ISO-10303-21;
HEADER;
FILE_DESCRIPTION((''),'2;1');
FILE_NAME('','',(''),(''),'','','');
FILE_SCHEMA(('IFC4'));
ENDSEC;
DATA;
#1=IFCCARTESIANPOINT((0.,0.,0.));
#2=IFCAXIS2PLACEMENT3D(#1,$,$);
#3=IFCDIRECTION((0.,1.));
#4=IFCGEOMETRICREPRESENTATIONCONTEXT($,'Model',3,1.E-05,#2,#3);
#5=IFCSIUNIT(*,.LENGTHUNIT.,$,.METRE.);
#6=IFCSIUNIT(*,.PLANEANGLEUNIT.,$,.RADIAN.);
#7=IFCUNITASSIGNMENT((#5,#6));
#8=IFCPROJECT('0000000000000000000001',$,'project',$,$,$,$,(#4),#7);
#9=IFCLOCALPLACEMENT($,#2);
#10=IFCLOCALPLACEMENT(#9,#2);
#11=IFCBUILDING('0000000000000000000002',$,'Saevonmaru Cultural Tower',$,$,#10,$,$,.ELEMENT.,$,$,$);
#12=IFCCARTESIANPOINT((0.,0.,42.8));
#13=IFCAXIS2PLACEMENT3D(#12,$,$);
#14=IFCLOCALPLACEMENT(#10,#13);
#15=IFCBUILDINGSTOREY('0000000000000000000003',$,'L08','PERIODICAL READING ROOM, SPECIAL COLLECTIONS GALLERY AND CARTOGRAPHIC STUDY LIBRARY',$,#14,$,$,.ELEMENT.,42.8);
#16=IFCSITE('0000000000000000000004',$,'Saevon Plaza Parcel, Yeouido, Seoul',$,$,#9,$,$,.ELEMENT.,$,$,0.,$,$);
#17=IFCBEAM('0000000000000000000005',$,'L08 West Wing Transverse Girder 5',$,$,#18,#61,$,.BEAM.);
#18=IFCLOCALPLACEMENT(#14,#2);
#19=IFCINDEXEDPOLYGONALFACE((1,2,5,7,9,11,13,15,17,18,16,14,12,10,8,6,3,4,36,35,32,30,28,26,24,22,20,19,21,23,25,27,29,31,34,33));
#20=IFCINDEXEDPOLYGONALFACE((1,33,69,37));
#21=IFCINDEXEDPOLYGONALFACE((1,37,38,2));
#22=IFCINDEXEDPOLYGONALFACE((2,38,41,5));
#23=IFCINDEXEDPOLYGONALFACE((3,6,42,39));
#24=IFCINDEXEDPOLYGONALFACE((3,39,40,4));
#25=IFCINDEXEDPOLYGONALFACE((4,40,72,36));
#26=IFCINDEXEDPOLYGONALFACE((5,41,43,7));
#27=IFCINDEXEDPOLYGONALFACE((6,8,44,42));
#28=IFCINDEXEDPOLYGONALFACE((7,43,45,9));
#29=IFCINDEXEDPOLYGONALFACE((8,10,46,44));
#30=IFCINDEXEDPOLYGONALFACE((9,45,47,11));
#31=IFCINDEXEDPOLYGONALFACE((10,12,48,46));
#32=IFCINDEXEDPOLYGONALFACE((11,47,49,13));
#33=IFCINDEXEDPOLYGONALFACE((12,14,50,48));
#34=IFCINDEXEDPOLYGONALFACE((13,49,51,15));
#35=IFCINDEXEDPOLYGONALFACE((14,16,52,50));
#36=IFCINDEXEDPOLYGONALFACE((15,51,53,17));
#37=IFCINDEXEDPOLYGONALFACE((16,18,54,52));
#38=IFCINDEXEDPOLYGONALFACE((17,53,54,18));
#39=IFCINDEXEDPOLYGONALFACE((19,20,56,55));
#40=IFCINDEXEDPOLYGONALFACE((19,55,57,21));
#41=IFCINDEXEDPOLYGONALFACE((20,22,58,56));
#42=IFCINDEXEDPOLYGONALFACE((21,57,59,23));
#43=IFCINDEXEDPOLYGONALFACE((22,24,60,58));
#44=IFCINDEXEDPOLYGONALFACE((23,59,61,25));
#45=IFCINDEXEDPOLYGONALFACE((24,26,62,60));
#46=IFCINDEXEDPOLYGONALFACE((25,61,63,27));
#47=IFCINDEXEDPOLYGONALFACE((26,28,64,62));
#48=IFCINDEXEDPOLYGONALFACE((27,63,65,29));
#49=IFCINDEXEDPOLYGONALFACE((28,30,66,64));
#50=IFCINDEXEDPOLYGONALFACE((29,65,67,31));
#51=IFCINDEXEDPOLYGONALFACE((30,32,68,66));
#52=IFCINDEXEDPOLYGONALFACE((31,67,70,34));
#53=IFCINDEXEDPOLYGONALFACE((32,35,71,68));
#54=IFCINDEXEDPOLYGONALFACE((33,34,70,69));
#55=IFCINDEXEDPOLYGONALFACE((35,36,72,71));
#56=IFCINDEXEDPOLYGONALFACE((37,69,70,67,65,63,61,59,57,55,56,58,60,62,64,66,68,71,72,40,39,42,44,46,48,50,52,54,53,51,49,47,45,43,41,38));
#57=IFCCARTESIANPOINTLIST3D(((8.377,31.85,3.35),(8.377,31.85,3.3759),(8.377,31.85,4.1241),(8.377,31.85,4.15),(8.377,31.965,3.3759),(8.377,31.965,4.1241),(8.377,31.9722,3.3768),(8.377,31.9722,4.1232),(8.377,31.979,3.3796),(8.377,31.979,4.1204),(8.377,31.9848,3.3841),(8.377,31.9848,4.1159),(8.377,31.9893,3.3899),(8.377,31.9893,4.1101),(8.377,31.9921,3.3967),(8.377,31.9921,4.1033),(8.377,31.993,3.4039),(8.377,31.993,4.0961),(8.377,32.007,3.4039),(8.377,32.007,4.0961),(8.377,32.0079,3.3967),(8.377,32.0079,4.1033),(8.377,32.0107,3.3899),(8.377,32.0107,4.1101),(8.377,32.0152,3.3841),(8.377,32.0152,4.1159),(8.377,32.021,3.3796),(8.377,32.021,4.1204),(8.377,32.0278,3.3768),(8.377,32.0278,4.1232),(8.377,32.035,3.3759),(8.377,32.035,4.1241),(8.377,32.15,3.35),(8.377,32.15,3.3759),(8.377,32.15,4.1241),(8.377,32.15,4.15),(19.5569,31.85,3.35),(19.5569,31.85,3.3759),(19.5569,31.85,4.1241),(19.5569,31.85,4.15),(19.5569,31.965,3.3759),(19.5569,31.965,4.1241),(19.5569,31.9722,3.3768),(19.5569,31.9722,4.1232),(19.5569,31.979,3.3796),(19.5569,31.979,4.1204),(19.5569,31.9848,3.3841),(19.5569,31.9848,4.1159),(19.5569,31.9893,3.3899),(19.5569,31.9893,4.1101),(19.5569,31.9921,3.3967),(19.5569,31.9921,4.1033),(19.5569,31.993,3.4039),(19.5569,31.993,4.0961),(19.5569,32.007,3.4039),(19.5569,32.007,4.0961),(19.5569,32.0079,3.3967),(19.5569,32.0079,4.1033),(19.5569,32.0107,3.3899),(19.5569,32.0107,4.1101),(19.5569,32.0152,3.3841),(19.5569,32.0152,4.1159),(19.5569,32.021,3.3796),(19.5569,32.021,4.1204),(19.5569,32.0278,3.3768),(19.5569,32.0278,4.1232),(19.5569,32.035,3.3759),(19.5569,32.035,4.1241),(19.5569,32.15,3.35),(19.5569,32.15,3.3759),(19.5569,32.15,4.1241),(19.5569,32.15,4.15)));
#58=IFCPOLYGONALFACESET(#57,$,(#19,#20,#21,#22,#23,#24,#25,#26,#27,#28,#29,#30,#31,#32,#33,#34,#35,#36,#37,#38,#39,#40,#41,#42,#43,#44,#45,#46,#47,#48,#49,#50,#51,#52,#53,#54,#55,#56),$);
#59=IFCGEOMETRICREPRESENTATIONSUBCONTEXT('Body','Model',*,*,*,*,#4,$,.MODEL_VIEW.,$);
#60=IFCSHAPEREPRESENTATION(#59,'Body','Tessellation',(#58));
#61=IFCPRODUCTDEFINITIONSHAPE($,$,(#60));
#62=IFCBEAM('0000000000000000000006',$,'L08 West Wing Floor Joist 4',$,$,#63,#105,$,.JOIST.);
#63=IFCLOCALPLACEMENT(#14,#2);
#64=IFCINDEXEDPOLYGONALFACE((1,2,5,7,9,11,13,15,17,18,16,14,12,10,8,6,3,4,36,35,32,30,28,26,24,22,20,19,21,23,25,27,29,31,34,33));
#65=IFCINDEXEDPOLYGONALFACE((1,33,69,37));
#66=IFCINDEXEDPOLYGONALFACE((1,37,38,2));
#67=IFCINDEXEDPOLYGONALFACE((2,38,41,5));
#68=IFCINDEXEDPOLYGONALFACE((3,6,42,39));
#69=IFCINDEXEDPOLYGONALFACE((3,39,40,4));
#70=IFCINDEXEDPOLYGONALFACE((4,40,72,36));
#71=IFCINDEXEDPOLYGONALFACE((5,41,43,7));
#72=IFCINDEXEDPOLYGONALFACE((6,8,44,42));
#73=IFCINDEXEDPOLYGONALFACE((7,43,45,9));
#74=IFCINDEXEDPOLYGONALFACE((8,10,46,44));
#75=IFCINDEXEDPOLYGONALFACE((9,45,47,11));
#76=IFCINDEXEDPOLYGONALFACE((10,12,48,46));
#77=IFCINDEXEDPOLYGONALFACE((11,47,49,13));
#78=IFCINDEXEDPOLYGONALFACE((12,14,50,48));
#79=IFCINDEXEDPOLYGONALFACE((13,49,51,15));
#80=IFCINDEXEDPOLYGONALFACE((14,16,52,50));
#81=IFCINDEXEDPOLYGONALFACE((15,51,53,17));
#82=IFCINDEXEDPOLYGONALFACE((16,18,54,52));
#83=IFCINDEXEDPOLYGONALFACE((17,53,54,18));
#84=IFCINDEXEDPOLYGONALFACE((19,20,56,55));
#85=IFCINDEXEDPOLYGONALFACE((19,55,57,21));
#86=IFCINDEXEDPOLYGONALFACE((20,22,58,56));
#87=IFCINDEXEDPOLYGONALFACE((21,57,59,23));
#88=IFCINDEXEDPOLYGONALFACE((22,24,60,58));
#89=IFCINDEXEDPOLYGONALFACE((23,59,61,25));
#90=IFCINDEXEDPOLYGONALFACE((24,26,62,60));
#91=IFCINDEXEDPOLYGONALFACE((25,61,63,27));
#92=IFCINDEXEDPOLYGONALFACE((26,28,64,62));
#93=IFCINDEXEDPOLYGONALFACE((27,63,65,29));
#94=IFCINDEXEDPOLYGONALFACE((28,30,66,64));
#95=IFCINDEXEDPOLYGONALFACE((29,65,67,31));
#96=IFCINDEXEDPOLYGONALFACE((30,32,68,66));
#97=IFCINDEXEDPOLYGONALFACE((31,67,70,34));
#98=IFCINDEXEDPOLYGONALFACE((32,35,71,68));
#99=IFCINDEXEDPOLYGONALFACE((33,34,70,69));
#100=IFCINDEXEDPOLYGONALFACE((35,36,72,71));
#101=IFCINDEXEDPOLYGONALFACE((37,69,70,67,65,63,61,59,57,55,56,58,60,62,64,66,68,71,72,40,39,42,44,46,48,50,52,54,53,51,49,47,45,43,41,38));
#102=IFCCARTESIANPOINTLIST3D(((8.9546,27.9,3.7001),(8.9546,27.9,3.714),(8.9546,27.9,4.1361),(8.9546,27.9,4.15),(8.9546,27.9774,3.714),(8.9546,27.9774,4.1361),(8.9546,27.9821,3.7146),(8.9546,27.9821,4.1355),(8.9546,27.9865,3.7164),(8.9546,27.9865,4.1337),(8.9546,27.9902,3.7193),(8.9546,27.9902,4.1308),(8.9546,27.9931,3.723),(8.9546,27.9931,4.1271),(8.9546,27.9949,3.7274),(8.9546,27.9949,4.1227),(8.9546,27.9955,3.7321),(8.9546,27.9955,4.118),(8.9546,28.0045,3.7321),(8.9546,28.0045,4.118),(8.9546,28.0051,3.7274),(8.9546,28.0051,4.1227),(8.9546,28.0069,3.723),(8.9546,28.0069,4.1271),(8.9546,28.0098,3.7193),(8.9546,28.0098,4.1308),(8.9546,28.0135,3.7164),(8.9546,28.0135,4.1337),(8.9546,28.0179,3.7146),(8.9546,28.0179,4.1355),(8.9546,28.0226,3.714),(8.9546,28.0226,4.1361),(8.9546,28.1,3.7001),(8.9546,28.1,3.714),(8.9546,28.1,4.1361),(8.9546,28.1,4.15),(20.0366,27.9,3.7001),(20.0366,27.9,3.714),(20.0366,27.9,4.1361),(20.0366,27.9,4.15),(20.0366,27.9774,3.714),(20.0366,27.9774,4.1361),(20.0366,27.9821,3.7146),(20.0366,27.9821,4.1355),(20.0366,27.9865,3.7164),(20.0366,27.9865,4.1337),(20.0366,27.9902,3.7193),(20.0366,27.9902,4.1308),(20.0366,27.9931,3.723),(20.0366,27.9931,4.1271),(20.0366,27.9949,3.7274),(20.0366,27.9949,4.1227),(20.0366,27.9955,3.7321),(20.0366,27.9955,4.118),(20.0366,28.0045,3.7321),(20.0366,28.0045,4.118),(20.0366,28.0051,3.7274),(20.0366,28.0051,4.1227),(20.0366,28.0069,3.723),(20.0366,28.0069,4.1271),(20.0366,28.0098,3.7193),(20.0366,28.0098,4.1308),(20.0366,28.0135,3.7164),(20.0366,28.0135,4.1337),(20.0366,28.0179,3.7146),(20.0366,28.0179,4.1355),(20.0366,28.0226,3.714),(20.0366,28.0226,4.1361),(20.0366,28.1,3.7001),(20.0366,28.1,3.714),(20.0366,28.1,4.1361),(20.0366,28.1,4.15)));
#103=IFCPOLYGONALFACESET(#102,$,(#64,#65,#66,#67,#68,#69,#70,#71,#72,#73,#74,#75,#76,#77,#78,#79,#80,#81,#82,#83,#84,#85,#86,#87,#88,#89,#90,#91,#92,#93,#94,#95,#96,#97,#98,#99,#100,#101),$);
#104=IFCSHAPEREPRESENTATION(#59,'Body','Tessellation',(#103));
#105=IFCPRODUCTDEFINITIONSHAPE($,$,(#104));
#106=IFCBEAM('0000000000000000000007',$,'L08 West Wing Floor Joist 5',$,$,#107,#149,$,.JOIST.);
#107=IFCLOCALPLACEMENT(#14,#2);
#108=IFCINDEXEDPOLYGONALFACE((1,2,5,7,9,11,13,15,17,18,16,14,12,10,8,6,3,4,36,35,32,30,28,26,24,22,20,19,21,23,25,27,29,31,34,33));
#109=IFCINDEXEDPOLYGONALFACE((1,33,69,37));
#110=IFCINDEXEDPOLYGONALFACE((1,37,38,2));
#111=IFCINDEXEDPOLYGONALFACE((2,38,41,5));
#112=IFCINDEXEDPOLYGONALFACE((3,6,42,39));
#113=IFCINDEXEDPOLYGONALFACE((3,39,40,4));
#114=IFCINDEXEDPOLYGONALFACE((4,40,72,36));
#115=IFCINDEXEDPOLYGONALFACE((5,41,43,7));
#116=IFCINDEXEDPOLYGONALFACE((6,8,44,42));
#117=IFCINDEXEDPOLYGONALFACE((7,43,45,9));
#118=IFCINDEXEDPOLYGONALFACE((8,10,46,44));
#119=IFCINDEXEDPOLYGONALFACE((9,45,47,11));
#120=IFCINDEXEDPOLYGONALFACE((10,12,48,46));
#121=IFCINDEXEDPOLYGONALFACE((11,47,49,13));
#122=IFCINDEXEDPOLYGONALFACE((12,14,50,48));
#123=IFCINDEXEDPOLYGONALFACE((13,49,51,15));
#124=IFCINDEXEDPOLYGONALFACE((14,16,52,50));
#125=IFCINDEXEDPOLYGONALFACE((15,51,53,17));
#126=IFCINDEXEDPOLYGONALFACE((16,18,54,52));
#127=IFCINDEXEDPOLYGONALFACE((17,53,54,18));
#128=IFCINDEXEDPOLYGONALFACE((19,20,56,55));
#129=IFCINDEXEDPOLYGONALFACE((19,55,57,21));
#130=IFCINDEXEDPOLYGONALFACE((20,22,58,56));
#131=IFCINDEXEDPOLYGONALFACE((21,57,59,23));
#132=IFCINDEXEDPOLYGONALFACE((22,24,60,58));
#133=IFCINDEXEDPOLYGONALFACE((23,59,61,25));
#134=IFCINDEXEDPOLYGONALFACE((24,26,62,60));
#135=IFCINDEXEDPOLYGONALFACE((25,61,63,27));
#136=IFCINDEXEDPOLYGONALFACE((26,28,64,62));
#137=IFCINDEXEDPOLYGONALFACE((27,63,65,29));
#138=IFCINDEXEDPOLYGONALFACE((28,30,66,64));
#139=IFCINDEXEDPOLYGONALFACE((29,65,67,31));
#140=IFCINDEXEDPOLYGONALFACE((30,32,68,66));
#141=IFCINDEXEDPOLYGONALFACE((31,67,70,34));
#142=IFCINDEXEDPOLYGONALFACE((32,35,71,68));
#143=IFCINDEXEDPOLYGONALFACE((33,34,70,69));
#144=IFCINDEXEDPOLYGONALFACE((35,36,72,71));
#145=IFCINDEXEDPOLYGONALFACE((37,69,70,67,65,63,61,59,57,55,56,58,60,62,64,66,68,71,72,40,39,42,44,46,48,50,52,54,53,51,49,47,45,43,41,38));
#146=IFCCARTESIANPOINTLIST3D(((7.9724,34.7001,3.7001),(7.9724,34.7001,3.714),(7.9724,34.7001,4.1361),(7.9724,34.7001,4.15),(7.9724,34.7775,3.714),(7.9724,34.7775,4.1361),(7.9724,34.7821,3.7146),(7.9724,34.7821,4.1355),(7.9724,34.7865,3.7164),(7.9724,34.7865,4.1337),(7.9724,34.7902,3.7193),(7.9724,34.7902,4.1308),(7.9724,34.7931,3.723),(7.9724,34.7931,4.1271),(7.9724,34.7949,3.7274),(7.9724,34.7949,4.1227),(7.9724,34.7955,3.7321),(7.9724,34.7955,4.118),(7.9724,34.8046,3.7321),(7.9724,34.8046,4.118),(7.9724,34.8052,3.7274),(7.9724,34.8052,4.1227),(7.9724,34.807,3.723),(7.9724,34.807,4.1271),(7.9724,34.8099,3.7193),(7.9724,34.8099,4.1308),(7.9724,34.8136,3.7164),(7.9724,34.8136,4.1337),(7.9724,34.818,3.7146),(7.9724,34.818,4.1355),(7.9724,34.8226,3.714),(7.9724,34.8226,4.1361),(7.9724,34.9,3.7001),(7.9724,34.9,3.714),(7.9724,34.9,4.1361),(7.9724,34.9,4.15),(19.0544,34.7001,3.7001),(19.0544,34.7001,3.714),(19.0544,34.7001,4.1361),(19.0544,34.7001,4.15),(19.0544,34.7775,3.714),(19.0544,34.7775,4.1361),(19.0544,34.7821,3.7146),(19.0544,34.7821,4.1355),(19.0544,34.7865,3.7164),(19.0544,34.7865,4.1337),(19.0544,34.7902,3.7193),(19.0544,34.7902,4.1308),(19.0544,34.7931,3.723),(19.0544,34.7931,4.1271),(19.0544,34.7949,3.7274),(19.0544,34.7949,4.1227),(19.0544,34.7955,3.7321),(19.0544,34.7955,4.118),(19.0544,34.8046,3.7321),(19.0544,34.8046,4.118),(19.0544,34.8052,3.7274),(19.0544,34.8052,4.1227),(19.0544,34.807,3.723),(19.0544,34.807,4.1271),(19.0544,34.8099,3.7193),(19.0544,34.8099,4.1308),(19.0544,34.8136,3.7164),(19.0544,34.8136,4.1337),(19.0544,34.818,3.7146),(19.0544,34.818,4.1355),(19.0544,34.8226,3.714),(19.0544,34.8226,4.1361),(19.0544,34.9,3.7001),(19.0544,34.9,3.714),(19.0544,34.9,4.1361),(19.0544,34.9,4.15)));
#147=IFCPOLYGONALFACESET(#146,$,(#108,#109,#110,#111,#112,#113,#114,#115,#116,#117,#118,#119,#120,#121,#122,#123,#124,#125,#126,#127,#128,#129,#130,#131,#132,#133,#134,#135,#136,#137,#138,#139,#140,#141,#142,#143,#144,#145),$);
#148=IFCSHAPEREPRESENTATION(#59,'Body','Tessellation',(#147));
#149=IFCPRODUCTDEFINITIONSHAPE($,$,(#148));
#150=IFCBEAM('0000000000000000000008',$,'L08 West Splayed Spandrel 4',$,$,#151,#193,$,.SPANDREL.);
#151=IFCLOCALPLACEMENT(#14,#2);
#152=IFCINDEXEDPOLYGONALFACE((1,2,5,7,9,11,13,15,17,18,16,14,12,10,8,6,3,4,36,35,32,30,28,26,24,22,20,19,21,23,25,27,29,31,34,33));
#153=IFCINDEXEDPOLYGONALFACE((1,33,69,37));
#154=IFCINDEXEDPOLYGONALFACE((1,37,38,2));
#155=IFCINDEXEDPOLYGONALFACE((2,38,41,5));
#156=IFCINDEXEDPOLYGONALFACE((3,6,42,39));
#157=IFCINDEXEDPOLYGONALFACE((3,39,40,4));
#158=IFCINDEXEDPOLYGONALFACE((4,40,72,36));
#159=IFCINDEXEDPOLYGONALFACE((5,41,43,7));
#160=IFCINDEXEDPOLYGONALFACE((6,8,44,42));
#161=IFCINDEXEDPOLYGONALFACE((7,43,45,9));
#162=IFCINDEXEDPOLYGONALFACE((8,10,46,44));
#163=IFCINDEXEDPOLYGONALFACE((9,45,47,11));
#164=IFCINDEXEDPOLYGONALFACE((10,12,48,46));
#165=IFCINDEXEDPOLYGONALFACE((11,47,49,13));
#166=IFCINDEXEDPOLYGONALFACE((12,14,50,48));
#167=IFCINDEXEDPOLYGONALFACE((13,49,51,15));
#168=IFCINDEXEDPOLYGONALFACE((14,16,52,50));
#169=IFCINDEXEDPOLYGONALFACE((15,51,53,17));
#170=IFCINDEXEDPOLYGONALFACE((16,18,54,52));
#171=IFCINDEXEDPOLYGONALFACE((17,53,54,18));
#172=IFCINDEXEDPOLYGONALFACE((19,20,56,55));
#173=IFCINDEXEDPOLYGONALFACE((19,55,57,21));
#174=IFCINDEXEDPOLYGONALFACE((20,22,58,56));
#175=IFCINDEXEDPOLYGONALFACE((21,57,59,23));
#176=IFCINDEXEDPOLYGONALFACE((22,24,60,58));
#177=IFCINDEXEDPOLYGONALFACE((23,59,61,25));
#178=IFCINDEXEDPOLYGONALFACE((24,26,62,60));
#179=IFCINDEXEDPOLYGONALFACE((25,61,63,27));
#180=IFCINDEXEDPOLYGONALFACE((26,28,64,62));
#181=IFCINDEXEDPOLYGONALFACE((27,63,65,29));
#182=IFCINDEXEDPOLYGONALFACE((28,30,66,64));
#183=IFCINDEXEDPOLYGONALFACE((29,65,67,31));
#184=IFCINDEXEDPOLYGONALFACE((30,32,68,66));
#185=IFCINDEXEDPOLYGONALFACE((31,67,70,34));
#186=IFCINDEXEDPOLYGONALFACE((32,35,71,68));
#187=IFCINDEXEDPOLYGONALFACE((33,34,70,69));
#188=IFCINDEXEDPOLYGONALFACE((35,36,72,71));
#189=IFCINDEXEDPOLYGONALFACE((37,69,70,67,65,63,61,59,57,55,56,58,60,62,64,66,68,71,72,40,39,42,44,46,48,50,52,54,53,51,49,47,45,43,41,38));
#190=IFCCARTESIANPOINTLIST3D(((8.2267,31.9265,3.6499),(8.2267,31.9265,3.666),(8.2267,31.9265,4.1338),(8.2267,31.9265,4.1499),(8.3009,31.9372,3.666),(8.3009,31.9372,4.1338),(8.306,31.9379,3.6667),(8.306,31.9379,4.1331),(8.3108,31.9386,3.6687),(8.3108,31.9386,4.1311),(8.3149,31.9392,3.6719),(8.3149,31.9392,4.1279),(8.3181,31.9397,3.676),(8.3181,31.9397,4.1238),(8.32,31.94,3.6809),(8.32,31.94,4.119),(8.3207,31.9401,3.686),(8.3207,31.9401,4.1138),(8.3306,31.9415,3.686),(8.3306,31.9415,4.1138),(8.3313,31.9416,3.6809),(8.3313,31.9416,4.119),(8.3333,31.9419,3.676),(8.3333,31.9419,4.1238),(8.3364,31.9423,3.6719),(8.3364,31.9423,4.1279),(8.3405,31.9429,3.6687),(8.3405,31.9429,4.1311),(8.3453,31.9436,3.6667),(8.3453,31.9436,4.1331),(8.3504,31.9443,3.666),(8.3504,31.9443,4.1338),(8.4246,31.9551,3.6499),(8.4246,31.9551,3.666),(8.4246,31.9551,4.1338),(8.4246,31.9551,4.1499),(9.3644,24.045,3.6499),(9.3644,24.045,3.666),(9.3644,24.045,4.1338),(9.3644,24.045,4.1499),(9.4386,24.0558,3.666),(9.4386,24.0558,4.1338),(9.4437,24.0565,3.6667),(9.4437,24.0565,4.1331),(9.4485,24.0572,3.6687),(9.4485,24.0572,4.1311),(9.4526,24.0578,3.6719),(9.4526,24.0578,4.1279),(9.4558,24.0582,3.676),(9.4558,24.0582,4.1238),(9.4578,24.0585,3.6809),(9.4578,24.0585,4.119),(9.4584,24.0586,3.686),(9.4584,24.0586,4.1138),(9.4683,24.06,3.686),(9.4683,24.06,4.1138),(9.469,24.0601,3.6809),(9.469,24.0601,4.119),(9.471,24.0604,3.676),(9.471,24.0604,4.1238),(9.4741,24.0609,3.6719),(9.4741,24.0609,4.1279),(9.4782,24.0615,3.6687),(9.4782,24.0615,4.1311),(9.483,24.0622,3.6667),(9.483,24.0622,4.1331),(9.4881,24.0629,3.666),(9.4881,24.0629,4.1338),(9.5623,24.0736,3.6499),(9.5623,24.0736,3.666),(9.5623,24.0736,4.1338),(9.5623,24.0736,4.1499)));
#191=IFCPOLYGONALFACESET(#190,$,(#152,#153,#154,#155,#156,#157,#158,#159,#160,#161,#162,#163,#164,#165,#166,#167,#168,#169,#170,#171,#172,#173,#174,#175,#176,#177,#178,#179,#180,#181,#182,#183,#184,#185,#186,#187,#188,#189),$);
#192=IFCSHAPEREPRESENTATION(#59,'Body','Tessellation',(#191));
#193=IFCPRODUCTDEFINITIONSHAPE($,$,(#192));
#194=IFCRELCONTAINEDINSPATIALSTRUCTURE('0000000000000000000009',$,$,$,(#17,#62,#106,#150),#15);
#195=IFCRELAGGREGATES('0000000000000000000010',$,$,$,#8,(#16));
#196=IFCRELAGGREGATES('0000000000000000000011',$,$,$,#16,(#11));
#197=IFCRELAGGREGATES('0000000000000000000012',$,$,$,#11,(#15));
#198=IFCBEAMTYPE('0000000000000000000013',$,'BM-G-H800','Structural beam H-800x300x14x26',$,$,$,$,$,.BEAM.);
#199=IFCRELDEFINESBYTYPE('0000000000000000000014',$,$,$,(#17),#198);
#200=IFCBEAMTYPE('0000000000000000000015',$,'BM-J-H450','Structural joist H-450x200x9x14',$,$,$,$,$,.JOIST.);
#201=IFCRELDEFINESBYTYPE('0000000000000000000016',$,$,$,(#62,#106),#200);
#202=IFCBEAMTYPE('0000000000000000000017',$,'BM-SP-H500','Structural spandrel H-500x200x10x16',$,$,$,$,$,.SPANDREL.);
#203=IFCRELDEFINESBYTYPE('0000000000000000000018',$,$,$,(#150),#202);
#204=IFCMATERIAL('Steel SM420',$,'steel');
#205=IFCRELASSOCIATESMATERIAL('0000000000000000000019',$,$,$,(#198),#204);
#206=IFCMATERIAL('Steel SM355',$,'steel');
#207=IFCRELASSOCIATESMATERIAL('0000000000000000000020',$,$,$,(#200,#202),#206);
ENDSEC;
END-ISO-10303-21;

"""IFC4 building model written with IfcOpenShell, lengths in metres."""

from ifc_helpers import new_model, si_unit, direction, frame, origin, origin_2d, place, context, subcontext, project, spatial, i_section, extrude, material, material_profile, profile_set, type_object, element, save


model = new_model("IFC4")

# Units and contexts
model_context = context("Model", 3, precision=1e-05, world=origin(), true_north=direction((0.0, 1.0)))
body_context = subcontext(model_context, "Body", "Model", "MODEL_VIEW")
ifc_project = project(units=[si_unit("LENGTHUNIT", "METRE"), si_unit("PLANEANGLEUNIT", "RADIAN")], contexts=[model_context])

# Site, building, storey
site_placement = place(None, origin())
site = spatial("IfcSite", under=ifc_project, at=site_placement, Name="Saevon Plaza Parcel, Yeouido, Seoul", CompositionType="ELEMENT", RefElevation=0.0)
building_placement = place(site_placement, origin())
building = spatial("IfcBuilding", under=site, at=building_placement, Name="Saevonmaru Cultural Tower", CompositionType="ELEMENT")
storey_placement = place(building_placement, frame((0.0, 0.0, 42.8)))
storey = spatial("IfcBuildingStorey", under=building, at=storey_placement, Name="L08", Description="PERIODICAL READING ROOM, SPECIAL COLLECTIONS GALLERY AND CARTOGRAPHIC STUDY LIBRARY", CompositionType="ELEMENT", Elevation=42.8)

# Shared definitions
ifc_material_1 = material(Name="Steel SM420", Category="steel")

# Beams
ifc_material_profile_1 = material_profile(ifc_material_1, i_section(OverallWidth=0.3, OverallDepth=0.8, WebThickness=0.0139, FlangeThickness=0.0259, FilletRadius=0.0281, at=origin_2d()), Name="H-800x300x14x26")
ifc_profile_set_1 = profile_set([ifc_material_profile_1], Name="Steel SM420")
beam_type_1 = type_object("IfcBeamType", Name="BM-G-H800", Description="Structural beam H-800x300x14x26", PredefinedType="BEAM", material=ifc_profile_set_1)
for number, where, z_axis, x_axis, name in (
    (1, (8.377, 32.0, 3.75), (1.0, 0.0, 0.0), (0.0, 1.0, 0.0), "L08 West Wing Transverse Girder 5"),
):
    element("IfcBeam", number, at=place(storey_placement, frame(where, z_axis=z_axis, x_axis=x_axis)), inside=storey, type_object=beam_type_1, Name=name, PredefinedType="BEAM", context=body_context, shape_type="SweptSolid", body=[
        extrude(i_section(OverallWidth=0.3, OverallDepth=0.8, WebThickness=0.0139, FlangeThickness=0.0259, FilletRadius=0.0281, at=origin_2d()), origin(), (0.0, 0.0, 1.0), 11.1799),
    ])
ifc_material_2 = material(Name="Steel SM355", Category="steel")
ifc_material_profile_2 = material_profile(ifc_material_2, i_section(OverallWidth=0.2, OverallDepth=0.45, WebThickness=0.009, FlangeThickness=0.0139, FilletRadius=0.0181, at=origin_2d()), Name="H-450x200x9x14")
ifc_profile_set_2 = profile_set([ifc_material_profile_2], Name="Steel SM355")
beam_type_2 = type_object("IfcBeamType", Name="BM-J-H450", Description="Structural joist H-450x200x9x14", PredefinedType="JOIST", material=ifc_profile_set_2)
for number, where, z_axis, x_axis, name in (
    (2, (8.9546, 28.0, 3.925), (1.0, 0.0, 0.0), (0.0, 1.0, 0.0), "L08 West Wing Floor Joist 4"),
    (3, (7.9724, 34.8, 3.925), (1.0, 0.0, 0.0), (0.0, 1.0, 0.0), "L08 West Wing Floor Joist 5"),
):
    element("IfcBeam", number, at=place(storey_placement, frame(where, z_axis=z_axis, x_axis=x_axis)), inside=storey, type_object=beam_type_2, Name=name, PredefinedType="JOIST", context=body_context, shape_type="SweptSolid", body=[
        extrude(i_section(OverallWidth=0.2, OverallDepth=0.45, WebThickness=0.009, FlangeThickness=0.0139, FilletRadius=0.0181, at=origin_2d()), origin(), (0.0, 0.0, 1.0), 11.082),
    ])
ifc_material_profile_3 = material_profile(ifc_material_2, i_section(OverallWidth=0.2, OverallDepth=0.5, WebThickness=0.01, FlangeThickness=0.0161, FilletRadius=0.02, at=origin_2d()), Name="H-500x200x10x16")
ifc_profile_set_3 = profile_set([ifc_material_profile_3], Name="Steel SM355")
beam_type_3 = type_object("IfcBeamType", Name="BM-SP-H500", Description="Structural spandrel H-500x200x10x16", PredefinedType="SPANDREL", material=ifc_profile_set_3)
beam_1_placement = place(storey_placement, frame((9.4634, 24.0593, 3.8999), z_axis=(-0.142872, 0.989741, 0.0), x_axis=(-0.989741, -0.142872, 0.0)))
element("IfcBeam", 4, at=beam_1_placement, inside=storey, type_object=beam_type_3, Name="L08 West Splayed Spandrel 4", PredefinedType="SPANDREL", context=body_context, shape_type="SweptSolid", body=[
    extrude(i_section(OverallWidth=0.2, OverallDepth=0.5, WebThickness=0.01, FlangeThickness=0.0161, FilletRadius=0.02, at=origin_2d()), origin(), (0.0, 0.0, 1.0), 7.9631),
])

save(model, "model.ifc")
